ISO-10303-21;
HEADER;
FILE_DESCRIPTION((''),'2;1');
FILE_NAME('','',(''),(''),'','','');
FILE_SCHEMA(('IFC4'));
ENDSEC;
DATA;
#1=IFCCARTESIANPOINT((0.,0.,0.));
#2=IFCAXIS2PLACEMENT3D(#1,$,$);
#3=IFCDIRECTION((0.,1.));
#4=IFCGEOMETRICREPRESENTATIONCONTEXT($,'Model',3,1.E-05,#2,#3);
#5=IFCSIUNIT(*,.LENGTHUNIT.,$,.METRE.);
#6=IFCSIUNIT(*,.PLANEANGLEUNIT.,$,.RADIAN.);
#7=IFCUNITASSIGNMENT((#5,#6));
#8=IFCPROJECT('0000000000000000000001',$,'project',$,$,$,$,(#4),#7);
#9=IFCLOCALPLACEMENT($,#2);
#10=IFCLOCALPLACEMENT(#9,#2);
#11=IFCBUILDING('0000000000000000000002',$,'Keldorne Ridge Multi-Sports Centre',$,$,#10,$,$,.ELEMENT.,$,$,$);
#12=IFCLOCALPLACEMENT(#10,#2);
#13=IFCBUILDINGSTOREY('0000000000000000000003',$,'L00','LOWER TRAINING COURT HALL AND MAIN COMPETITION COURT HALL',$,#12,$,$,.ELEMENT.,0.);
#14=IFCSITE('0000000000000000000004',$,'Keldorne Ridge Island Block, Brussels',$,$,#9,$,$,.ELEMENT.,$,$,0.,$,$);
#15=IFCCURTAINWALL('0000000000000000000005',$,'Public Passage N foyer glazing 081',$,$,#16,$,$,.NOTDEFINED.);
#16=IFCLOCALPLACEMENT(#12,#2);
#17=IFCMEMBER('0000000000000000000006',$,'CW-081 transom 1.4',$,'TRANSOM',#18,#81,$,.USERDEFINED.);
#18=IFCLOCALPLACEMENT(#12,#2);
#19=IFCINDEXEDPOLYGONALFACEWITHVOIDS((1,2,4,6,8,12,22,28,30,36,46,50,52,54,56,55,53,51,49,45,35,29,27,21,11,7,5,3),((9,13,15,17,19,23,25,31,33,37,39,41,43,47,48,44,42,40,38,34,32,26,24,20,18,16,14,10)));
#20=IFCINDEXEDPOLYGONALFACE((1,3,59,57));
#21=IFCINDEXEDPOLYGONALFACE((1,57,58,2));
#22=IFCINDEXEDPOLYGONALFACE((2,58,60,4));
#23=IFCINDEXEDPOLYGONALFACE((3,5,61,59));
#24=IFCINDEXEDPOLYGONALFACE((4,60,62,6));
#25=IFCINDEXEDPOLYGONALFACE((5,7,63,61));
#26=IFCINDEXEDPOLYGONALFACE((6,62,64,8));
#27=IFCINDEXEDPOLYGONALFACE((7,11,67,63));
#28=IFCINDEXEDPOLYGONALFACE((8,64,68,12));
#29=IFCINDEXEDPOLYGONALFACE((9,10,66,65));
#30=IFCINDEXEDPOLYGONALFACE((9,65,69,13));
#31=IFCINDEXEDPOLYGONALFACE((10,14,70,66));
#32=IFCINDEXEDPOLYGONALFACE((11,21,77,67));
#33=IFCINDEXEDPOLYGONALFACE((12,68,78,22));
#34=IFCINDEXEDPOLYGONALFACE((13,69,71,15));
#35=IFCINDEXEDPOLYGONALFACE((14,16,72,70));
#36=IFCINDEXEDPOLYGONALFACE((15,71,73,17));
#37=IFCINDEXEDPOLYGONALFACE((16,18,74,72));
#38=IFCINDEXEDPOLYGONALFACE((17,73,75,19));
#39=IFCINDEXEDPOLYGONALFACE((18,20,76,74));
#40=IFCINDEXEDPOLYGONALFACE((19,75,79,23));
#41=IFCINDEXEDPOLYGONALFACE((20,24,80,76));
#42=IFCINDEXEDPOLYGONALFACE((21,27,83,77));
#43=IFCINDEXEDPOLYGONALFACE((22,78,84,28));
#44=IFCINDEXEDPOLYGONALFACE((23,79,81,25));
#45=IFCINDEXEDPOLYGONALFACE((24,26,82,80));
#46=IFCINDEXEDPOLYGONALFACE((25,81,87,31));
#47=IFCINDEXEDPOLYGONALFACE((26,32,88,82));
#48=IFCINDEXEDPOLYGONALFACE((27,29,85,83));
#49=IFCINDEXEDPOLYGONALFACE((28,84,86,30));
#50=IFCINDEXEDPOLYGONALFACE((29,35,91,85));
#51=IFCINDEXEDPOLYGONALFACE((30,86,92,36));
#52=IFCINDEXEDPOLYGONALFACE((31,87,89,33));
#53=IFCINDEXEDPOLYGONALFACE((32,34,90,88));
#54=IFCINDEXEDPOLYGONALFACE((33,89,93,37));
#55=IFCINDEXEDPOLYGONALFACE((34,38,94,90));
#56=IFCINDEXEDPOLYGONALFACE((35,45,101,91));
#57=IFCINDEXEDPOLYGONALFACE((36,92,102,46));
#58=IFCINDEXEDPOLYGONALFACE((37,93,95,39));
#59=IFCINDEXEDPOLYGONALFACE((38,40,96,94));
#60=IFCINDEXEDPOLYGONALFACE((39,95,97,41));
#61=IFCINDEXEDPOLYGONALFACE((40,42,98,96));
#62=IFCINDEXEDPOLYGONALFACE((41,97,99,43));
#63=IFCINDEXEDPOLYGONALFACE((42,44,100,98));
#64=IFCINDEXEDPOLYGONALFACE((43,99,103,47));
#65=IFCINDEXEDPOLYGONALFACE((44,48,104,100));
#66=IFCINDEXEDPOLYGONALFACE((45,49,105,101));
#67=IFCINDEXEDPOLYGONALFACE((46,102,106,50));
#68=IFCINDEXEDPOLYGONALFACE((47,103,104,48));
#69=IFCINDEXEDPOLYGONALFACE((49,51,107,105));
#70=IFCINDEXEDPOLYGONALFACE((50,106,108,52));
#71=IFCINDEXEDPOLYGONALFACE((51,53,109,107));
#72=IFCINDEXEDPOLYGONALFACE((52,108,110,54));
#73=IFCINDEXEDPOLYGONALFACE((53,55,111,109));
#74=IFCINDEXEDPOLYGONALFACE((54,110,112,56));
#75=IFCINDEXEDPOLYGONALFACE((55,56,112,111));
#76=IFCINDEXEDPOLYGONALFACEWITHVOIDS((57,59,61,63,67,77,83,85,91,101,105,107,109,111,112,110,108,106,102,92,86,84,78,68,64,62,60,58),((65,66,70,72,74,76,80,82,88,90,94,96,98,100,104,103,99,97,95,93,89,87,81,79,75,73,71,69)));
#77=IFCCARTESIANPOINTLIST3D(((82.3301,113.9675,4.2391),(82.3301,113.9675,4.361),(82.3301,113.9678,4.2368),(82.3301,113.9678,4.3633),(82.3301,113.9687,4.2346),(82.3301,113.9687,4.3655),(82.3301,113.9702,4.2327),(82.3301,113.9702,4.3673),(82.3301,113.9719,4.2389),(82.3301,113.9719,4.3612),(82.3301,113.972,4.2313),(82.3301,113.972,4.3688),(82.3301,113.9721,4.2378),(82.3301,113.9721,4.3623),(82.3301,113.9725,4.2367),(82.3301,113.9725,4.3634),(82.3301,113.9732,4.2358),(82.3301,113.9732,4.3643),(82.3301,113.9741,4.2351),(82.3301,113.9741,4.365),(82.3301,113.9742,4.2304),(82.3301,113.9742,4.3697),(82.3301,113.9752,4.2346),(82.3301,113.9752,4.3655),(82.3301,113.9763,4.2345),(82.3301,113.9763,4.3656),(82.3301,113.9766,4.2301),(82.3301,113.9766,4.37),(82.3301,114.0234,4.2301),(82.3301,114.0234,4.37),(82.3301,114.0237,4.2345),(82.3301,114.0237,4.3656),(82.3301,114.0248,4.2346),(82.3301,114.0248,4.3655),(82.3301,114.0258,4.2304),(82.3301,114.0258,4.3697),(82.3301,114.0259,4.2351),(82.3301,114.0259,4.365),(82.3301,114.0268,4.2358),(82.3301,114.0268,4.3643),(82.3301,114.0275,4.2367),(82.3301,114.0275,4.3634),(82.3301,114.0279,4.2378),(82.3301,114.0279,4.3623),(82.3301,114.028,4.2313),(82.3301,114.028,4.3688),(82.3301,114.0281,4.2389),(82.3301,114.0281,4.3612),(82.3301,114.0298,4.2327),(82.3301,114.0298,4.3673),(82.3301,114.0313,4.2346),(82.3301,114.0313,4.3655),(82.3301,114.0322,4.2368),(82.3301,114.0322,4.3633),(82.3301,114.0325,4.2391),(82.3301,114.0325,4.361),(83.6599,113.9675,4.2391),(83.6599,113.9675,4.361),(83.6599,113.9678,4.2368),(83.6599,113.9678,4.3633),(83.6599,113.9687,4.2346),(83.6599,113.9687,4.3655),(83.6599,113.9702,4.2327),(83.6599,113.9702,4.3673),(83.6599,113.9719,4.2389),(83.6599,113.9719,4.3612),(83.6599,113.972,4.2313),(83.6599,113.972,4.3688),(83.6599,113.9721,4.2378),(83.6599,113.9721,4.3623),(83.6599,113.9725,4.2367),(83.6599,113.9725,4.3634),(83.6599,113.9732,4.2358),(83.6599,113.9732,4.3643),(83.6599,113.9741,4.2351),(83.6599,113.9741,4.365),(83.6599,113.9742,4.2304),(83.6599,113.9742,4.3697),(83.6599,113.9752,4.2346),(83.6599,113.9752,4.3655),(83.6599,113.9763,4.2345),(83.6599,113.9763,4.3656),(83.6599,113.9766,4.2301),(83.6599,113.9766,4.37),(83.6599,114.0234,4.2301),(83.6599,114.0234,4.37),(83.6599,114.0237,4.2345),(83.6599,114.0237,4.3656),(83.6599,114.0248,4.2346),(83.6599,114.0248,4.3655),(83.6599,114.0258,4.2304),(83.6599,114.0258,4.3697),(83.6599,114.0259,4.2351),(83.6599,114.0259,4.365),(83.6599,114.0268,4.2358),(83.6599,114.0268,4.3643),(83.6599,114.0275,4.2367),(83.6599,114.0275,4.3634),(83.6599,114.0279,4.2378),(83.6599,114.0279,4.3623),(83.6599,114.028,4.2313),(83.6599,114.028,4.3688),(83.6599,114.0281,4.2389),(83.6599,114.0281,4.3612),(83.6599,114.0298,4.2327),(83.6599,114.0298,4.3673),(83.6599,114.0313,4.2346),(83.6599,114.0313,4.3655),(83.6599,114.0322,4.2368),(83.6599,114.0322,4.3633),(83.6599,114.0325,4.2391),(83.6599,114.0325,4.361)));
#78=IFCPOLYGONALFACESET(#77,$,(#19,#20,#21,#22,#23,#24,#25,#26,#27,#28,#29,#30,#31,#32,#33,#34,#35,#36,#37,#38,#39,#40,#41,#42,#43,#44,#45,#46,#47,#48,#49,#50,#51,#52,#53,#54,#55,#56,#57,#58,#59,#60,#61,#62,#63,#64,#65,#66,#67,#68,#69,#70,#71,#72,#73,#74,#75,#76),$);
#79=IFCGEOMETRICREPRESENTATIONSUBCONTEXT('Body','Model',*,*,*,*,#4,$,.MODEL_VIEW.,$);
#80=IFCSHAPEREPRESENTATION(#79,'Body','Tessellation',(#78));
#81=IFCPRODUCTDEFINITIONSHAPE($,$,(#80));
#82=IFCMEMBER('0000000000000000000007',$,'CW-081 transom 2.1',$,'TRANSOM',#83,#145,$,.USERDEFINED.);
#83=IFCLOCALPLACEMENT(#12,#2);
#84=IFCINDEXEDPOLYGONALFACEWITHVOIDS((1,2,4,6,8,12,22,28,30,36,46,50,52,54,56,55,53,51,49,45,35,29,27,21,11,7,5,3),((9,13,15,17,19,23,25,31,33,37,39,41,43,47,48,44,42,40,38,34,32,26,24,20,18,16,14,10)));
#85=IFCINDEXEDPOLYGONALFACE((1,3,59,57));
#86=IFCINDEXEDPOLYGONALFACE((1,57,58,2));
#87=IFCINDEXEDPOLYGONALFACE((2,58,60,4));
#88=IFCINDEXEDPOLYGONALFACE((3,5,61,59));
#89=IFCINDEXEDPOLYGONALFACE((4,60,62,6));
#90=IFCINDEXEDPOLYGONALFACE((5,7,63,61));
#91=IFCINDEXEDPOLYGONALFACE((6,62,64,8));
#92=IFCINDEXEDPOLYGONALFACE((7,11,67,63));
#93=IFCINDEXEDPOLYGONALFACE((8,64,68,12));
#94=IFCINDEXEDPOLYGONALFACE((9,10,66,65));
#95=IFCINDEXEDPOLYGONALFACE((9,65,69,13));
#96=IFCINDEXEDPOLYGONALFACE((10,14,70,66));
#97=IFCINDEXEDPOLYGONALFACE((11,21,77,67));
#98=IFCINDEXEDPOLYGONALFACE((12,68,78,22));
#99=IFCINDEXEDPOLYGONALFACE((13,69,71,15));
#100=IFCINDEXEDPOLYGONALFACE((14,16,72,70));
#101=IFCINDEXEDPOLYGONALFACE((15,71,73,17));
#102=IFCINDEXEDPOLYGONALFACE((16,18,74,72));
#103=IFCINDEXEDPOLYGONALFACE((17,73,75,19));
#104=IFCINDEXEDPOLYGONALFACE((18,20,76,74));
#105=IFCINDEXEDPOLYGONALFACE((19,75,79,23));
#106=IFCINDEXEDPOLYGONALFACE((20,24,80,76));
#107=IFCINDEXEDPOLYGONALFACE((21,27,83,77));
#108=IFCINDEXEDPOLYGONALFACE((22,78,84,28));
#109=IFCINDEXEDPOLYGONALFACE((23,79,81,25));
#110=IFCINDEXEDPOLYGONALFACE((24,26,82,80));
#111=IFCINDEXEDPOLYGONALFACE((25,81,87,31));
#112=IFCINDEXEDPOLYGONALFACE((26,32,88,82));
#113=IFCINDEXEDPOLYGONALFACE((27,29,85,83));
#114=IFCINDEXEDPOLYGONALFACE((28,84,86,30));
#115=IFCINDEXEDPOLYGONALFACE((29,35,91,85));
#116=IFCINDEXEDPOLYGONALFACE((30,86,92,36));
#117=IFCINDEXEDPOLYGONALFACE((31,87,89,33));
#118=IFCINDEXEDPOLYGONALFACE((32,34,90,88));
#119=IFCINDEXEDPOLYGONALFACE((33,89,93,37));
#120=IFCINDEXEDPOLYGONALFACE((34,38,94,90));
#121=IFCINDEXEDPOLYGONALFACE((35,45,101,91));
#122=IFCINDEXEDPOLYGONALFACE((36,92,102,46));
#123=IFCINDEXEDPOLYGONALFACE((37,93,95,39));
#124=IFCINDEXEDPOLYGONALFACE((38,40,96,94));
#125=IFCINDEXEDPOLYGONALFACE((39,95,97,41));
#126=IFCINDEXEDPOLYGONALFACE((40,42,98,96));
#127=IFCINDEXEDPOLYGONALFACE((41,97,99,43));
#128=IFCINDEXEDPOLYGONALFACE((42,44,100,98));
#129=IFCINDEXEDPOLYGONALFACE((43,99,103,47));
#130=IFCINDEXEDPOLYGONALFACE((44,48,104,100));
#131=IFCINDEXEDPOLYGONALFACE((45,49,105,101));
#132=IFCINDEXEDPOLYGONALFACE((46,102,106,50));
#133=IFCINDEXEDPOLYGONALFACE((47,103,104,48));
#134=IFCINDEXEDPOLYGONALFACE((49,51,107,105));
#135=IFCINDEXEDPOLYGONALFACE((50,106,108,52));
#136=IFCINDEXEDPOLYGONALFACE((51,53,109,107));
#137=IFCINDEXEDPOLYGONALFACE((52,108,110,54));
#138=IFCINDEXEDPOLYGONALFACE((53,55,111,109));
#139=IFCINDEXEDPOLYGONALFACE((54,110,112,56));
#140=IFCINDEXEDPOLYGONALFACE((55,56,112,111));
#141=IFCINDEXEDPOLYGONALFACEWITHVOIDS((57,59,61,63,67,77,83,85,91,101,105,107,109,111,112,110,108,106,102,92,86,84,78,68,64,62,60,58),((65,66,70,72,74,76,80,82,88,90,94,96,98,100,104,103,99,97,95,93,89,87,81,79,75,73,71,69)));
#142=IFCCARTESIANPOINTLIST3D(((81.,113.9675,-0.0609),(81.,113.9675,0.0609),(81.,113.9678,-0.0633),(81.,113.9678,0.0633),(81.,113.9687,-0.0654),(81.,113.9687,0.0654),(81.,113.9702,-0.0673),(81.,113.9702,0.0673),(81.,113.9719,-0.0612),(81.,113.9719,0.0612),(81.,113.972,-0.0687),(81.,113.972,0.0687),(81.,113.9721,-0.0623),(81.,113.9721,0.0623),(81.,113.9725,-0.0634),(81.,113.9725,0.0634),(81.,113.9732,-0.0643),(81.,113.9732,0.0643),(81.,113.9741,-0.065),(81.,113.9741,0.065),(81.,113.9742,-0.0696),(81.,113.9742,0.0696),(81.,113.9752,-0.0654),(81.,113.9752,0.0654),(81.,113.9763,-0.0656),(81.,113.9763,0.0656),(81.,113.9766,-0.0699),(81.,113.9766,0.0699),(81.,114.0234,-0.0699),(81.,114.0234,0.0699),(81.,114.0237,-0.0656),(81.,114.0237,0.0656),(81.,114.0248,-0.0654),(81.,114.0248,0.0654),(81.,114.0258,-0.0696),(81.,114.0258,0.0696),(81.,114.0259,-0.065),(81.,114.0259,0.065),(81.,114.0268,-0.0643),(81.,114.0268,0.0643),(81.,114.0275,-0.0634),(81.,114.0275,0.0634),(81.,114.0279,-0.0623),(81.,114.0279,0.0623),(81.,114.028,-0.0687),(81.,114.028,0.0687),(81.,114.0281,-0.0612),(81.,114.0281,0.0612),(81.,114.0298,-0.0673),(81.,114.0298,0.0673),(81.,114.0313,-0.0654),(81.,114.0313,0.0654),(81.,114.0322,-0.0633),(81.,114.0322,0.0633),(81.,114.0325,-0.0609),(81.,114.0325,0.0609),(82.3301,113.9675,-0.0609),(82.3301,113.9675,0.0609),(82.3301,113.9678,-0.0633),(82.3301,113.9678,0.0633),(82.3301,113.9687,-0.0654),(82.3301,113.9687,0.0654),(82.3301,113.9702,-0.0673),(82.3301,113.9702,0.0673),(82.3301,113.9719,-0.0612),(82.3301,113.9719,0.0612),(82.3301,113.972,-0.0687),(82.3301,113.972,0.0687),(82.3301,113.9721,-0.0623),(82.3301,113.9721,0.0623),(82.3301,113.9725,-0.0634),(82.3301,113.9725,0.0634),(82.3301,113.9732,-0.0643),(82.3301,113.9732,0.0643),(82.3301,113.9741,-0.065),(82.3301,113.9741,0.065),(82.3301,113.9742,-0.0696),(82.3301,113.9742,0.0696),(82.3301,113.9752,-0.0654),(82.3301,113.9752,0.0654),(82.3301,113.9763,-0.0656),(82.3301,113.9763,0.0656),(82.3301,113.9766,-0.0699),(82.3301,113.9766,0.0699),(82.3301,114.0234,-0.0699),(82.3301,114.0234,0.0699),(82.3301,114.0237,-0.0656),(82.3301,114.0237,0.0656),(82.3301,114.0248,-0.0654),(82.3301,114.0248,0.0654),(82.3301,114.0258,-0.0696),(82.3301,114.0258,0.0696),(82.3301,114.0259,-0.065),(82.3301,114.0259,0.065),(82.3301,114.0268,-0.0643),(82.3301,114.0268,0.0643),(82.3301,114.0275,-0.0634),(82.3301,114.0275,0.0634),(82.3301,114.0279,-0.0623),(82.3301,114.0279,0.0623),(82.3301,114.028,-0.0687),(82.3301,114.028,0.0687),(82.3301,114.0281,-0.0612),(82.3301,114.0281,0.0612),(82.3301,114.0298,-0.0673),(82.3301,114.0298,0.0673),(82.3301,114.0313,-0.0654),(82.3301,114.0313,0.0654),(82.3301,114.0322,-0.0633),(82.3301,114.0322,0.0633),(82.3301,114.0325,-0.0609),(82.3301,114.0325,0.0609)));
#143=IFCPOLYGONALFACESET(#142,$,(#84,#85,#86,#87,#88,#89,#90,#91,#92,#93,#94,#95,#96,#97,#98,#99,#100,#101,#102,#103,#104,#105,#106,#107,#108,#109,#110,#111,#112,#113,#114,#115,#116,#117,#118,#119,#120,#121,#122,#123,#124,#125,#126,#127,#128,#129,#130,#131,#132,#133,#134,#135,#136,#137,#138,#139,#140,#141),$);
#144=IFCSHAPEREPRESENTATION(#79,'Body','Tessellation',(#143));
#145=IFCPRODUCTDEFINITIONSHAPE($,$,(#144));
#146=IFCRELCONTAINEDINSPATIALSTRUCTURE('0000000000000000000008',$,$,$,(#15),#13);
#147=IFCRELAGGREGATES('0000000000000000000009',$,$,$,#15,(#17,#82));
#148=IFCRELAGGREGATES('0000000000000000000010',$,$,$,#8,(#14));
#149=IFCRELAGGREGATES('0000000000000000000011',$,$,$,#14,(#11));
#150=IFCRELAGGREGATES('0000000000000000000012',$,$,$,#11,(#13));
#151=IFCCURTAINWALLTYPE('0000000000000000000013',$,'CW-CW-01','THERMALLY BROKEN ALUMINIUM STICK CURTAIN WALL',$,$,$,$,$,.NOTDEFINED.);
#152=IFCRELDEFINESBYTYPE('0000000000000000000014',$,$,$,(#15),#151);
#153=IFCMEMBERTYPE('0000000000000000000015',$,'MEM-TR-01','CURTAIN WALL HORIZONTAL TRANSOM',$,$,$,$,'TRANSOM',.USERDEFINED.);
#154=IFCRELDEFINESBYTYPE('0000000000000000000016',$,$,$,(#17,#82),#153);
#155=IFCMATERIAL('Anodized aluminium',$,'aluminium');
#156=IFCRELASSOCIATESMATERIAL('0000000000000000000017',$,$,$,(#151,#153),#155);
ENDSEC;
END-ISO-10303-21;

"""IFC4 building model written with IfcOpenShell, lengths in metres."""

from ifc_helpers import new_model, si_unit, direction, frame, origin, origin_2d, place, context, subcontext, project, spatial, hollow_rectangle, extrude, material, material_profile, profile_set, type_object, element, aggregate, save


model = new_model("IFC4")

# Units and contexts
model_context = context("Model", 3, precision=1e-05, world=origin(), true_north=direction((0.0, 1.0)))
body_context = subcontext(model_context, "Body", "Model", "MODEL_VIEW")
ifc_project = project(units=[si_unit("LENGTHUNIT", "METRE"), si_unit("PLANEANGLEUNIT", "RADIAN")], contexts=[model_context])

# Site, building, storey
site_placement = place(None, origin())
site = spatial("IfcSite", under=ifc_project, at=site_placement, Name="Keldorne Ridge Island Block, Brussels", CompositionType="ELEMENT", RefElevation=0.0)
building_placement = place(site_placement, origin())
building = spatial("IfcBuilding", under=site, at=building_placement, Name="Keldorne Ridge Multi-Sports Centre", CompositionType="ELEMENT")
storey_placement = place(building_placement, origin())
storey = spatial("IfcBuildingStorey", under=building, at=storey_placement, Name="L00", Description="LOWER TRAINING COURT HALL AND MAIN COMPETITION COURT HALL", CompositionType="ELEMENT", Elevation=0.0)

# Curtain wall, members
ifc_material_1 = material(Name="Anodized aluminium", Category="aluminium")
curtain_wall_type = type_object("IfcCurtainWallType", Name="CW-CW-01", Description="THERMALLY BROKEN ALUMINIUM STICK CURTAIN WALL", PredefinedType="NOTDEFINED", material=ifc_material_1)
curtain_wall_placement = place(storey_placement, origin())
curtain_wall = element("IfcCurtainWall", 1, at=curtain_wall_placement, inside=storey, type_object=curtain_wall_type, Name="Public Passage N foyer glazing 081", PredefinedType="NOTDEFINED")
ifc_material_profile_1 = material_profile(ifc_material_1, hollow_rectangle(XDim=0.0649, YDim=0.1399, WallThickness=0.0044, InnerFilletRadius=0.0044, OuterFilletRadius=0.009, at=origin_2d()), Name="ALU TRANSOM 140x65x4.5")
ifc_profile_set_1 = profile_set([ifc_material_profile_1], Name="Anodized aluminium")
member_type_1 = type_object("IfcMemberType", Name="MEM-TR-01", Description="CURTAIN WALL HORIZONTAL TRANSOM", ElementType="TRANSOM", PredefinedType="USERDEFINED", material=ifc_profile_set_1)
member_1_placement = place(storey_placement, frame((83.6599, 114.0, 4.3), z_axis=(-1.0, 0.0, 0.0), x_axis=(0.0, -1.0, 0.0)))
member_1 = element("IfcMember", 2, at=member_1_placement, type_object=member_type_1, Name="CW-081 transom 1.4", ObjectType="TRANSOM", PredefinedType="USERDEFINED", context=body_context, shape_type="SweptSolid", body=[
    extrude(hollow_rectangle(XDim=0.0649, YDim=0.1399, WallThickness=0.0044, InnerFilletRadius=0.0044, OuterFilletRadius=0.009, at=origin_2d()), origin(), (0.0, 0.0, 1.0), 1.3298),
])
member_2_placement = place(storey_placement, frame((82.3301, 114.0, 0.0), z_axis=(-1.0, 0.0, 0.0), x_axis=(0.0, -1.0, 0.0)))
member_2 = element("IfcMember", 3, at=member_2_placement, type_object=member_type_1, Name="CW-081 transom 2.1", ObjectType="TRANSOM", PredefinedType="USERDEFINED", context=body_context, shape_type="SweptSolid", body=[
    extrude(hollow_rectangle(XDim=0.0649, YDim=0.1399, WallThickness=0.0044, InnerFilletRadius=0.0044, OuterFilletRadius=0.009, at=origin_2d()), origin(), (0.0, 0.0, 1.0), 1.3301),
])
aggregate(curtain_wall, [member_1, member_2])

save(model, "model.ifc")
